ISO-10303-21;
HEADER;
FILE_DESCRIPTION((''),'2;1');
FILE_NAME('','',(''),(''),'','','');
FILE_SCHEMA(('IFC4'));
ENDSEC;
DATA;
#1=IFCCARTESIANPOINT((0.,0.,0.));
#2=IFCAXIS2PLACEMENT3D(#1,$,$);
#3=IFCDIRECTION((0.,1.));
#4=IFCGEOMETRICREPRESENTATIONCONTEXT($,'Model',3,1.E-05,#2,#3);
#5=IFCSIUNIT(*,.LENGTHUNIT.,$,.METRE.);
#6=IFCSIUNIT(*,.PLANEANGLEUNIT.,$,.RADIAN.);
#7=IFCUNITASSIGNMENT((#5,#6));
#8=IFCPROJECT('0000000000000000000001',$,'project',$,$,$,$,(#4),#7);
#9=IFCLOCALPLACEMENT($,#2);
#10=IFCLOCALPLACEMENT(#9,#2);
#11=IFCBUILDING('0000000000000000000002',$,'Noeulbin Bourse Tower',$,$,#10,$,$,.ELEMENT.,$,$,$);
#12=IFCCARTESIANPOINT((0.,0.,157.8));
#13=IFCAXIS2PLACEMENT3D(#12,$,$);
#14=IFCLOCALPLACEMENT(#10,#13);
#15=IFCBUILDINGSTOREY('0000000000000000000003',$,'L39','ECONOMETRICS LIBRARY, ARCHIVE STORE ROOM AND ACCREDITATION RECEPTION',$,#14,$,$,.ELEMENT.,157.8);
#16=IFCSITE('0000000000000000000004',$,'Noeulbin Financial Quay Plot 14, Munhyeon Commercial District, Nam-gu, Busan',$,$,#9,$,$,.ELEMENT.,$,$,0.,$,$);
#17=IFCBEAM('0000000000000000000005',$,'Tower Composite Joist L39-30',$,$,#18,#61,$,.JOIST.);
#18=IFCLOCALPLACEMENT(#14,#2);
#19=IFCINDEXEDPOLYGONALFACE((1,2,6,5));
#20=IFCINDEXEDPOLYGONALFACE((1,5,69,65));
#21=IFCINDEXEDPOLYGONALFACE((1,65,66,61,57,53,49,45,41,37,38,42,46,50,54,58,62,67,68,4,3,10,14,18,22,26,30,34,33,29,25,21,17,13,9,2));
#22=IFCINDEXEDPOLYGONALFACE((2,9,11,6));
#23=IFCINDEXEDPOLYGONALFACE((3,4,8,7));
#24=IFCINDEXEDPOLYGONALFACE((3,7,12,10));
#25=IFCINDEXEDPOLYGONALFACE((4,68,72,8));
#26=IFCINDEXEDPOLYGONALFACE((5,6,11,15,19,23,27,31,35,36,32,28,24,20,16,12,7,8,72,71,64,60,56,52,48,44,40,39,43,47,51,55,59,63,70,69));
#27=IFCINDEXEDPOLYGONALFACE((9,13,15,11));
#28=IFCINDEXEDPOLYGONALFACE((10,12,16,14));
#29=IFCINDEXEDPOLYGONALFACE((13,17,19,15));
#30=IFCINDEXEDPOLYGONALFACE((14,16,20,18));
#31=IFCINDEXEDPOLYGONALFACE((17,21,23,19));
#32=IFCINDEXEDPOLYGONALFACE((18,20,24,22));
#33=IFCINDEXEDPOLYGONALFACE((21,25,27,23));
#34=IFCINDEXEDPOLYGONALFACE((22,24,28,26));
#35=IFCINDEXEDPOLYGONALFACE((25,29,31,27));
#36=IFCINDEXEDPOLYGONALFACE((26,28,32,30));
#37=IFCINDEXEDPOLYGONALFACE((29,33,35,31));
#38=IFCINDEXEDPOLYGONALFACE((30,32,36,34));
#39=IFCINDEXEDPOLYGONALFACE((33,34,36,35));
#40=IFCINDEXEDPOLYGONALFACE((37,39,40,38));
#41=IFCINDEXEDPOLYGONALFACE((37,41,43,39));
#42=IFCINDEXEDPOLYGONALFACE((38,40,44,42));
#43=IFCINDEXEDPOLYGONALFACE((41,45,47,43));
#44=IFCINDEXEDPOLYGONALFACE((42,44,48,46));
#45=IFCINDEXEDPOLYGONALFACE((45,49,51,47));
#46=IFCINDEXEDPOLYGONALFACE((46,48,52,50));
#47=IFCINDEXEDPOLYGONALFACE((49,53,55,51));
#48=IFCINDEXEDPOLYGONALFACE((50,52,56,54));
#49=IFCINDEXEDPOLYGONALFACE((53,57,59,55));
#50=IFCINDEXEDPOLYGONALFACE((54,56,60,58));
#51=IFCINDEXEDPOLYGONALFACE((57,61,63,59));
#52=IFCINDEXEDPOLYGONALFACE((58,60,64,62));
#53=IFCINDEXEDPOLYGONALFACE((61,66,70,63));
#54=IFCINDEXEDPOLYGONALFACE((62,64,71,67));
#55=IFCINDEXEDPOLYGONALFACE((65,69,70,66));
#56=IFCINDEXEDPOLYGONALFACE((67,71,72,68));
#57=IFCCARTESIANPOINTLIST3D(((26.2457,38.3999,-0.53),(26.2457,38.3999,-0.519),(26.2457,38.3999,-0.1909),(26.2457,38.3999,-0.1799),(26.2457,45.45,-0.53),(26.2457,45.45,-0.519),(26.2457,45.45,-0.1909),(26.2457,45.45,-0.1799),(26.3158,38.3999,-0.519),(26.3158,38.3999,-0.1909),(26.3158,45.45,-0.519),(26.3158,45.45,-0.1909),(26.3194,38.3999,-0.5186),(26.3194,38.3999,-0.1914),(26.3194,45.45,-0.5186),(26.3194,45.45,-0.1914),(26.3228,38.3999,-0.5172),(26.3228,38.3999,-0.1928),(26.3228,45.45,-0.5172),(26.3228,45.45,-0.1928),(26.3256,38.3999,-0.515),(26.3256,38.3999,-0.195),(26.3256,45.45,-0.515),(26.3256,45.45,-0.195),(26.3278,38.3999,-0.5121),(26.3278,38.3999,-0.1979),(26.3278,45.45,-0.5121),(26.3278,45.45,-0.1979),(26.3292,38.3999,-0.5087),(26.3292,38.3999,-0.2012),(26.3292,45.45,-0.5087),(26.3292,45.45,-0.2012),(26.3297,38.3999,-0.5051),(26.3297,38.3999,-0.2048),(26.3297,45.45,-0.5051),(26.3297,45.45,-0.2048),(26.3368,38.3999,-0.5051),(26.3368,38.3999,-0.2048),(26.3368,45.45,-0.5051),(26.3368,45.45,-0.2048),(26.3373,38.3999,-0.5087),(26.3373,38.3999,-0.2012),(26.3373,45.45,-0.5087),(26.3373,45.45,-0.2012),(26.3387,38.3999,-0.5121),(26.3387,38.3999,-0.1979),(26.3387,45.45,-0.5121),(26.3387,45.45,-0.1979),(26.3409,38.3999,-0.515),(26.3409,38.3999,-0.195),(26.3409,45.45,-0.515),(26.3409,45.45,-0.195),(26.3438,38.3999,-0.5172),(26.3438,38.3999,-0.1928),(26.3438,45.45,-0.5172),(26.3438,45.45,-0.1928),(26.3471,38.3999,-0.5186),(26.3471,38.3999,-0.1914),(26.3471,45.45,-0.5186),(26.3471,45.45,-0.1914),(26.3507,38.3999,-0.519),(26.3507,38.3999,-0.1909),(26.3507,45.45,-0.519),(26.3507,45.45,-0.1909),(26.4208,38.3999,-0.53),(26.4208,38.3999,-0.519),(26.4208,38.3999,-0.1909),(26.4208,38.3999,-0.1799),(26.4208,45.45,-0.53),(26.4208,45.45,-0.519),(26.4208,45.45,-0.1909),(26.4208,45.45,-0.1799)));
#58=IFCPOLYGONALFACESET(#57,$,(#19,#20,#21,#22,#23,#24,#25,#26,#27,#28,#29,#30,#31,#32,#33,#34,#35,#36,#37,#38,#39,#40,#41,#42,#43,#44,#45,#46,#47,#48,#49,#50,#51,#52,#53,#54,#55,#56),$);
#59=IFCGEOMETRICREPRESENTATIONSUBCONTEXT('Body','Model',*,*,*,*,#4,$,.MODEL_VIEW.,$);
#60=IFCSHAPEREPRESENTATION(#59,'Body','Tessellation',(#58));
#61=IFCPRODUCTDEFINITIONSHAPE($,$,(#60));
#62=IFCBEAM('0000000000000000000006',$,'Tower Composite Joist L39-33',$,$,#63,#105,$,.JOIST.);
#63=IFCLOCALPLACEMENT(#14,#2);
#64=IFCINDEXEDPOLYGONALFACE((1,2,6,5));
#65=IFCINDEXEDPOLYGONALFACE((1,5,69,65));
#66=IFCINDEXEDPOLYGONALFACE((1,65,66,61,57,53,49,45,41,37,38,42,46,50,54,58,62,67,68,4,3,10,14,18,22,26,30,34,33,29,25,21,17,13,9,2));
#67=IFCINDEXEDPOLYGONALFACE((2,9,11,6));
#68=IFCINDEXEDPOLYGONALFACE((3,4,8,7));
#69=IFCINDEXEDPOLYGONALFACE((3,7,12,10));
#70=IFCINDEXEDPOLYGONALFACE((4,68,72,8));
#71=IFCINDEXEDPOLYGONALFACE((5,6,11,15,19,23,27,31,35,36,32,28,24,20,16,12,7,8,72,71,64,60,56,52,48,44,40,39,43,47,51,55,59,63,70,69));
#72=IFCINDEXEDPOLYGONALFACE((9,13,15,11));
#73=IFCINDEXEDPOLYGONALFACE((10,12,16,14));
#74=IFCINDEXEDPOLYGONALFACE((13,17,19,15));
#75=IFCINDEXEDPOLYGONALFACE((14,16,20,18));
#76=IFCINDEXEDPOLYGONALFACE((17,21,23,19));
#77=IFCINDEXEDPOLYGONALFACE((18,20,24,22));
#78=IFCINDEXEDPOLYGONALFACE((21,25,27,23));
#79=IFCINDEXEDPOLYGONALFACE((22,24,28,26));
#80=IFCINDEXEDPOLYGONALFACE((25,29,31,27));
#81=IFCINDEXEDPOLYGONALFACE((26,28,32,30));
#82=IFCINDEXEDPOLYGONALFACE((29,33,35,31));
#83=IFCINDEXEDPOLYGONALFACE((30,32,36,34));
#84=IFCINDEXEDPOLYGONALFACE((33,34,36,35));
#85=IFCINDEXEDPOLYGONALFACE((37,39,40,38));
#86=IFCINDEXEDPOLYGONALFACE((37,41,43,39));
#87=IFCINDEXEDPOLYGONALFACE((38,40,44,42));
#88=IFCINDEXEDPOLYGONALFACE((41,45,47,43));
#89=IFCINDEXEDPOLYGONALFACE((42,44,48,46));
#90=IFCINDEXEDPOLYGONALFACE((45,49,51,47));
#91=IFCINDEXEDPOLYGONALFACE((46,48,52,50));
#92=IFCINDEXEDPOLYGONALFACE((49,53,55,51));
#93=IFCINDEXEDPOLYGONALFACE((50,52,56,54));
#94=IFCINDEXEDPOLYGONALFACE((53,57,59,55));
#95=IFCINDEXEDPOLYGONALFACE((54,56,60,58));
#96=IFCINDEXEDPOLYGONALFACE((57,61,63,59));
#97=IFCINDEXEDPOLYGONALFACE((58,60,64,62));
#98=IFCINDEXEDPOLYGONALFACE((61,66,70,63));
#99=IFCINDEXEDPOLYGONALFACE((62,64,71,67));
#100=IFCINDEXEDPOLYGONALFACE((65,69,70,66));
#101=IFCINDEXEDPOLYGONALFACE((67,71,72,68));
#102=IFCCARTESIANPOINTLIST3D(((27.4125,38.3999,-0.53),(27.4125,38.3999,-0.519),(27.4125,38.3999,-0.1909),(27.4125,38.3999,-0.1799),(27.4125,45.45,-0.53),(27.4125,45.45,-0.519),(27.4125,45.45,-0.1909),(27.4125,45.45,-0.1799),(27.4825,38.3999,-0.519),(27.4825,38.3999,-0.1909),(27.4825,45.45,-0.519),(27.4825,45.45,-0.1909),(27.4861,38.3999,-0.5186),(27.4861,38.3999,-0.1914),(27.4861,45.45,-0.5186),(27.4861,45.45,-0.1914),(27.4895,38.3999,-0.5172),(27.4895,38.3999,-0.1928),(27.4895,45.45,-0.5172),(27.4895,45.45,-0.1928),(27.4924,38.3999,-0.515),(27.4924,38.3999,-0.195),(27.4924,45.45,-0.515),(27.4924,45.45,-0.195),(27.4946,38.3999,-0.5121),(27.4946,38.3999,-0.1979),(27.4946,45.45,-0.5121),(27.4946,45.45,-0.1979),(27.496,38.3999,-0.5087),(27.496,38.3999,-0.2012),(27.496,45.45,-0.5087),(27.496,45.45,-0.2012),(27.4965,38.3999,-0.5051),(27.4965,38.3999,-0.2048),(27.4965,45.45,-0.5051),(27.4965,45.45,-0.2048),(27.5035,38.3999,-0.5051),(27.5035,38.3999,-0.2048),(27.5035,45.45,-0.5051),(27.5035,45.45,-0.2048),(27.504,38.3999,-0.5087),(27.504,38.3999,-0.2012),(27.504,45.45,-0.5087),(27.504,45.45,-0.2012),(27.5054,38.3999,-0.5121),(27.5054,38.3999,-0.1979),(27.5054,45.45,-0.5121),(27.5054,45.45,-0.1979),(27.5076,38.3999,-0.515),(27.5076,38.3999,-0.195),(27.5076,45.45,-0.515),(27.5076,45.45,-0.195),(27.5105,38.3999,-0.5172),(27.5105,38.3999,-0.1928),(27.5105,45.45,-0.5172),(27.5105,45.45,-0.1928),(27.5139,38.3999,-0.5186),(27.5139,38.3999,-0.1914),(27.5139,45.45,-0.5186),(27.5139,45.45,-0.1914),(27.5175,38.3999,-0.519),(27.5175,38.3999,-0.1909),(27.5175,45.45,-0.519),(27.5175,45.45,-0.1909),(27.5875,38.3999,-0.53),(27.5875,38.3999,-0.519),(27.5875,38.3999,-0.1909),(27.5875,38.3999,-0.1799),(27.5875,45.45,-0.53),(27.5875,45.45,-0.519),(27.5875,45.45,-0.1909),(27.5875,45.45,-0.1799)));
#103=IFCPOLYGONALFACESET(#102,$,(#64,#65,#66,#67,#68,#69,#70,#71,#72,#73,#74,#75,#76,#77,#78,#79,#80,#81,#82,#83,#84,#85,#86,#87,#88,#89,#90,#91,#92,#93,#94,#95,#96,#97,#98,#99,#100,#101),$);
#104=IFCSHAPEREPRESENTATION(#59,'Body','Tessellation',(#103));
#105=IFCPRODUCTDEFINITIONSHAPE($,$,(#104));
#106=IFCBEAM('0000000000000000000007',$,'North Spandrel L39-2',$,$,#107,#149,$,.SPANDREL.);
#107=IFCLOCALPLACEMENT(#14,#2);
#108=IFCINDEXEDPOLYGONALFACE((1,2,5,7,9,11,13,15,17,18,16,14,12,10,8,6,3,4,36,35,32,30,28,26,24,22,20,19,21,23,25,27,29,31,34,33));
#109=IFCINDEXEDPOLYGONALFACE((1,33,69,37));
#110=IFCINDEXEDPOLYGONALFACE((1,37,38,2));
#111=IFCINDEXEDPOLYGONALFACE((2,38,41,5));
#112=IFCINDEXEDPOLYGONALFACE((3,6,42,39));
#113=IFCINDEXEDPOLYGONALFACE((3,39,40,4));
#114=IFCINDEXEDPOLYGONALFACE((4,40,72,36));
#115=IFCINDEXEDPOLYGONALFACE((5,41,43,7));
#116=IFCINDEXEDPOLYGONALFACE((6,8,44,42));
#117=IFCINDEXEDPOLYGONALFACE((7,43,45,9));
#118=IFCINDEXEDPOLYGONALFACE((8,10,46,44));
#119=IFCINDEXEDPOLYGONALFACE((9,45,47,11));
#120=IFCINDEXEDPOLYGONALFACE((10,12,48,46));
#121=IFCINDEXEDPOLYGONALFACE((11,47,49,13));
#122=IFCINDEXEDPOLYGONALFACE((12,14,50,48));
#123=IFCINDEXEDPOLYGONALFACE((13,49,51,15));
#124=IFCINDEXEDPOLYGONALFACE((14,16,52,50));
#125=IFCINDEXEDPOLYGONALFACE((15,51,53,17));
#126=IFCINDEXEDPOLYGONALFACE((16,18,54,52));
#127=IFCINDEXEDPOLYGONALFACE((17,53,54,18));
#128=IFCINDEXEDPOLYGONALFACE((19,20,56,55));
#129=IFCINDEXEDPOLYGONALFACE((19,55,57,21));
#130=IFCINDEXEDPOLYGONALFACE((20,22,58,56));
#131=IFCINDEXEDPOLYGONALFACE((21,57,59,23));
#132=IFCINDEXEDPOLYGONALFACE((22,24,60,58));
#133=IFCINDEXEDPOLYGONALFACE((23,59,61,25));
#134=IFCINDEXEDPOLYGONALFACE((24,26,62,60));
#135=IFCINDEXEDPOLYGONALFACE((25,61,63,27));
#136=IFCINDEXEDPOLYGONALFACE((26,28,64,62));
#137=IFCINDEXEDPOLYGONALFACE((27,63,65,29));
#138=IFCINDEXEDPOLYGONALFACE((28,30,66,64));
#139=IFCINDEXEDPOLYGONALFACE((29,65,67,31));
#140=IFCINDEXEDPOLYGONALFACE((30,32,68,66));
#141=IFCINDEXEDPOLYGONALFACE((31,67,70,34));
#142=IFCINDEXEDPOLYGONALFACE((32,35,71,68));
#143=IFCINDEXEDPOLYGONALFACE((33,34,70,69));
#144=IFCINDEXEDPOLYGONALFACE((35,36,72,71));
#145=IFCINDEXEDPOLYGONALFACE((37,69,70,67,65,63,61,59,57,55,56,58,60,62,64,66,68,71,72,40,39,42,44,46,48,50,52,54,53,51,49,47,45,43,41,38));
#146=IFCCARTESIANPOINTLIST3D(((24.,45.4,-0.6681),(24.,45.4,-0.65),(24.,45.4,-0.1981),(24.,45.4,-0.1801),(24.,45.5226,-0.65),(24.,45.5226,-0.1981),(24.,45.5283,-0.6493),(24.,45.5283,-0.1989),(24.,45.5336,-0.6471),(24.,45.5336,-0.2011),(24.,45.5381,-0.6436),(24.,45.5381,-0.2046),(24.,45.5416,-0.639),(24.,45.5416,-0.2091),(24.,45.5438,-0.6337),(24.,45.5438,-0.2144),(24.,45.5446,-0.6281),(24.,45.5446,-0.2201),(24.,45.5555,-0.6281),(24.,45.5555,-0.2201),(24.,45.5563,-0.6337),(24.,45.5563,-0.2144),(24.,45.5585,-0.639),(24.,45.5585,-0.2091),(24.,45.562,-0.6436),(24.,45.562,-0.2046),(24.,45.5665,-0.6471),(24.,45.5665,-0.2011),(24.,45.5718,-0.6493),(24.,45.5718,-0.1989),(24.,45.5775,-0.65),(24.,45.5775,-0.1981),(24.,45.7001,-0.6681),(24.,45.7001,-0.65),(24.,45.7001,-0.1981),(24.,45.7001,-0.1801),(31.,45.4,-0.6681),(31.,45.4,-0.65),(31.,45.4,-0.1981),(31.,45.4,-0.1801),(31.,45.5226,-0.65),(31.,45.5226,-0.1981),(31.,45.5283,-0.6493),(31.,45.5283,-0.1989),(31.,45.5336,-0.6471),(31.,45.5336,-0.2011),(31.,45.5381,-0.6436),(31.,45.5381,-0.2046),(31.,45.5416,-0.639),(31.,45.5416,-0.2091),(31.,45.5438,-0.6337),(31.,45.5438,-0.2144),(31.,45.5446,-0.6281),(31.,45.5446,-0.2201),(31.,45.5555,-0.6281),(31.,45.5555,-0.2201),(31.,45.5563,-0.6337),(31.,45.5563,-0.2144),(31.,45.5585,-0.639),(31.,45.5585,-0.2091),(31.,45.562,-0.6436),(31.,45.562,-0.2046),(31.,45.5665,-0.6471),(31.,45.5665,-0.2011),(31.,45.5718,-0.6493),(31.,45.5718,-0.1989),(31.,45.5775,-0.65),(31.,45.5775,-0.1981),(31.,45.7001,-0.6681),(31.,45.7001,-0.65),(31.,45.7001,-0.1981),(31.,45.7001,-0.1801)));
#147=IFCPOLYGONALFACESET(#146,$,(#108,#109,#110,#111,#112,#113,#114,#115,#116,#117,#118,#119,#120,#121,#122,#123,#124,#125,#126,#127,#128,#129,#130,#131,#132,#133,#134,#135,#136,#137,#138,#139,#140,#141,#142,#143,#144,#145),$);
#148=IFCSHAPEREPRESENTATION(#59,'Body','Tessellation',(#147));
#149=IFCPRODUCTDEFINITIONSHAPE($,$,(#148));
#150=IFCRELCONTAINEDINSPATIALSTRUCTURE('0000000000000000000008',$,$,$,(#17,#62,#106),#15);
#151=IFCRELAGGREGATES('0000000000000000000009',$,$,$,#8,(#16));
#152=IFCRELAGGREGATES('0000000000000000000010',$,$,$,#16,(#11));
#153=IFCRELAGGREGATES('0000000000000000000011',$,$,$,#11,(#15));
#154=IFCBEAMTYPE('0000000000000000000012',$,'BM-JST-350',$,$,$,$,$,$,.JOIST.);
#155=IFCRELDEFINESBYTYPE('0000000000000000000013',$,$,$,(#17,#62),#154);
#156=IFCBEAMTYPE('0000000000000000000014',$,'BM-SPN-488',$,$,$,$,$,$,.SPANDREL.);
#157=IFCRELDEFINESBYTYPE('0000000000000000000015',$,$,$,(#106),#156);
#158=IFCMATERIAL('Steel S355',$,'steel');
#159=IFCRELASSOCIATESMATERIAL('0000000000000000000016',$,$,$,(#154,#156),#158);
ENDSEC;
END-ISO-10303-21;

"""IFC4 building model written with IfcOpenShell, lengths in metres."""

from ifc_helpers import new_model, si_unit, direction, frame, origin, origin_2d, place, context, subcontext, project, spatial, i_section, extrude, material, material_profile, profile_set, type_object, element, save


model = new_model("IFC4")

# Units and contexts
model_context = context("Model", 3, precision=1e-05, world=origin(), true_north=direction((0.0, 1.0)))
body_context = subcontext(model_context, "Body", "Model", "MODEL_VIEW")
ifc_project = project(units=[si_unit("LENGTHUNIT", "METRE"), si_unit("PLANEANGLEUNIT", "RADIAN")], contexts=[model_context])

# Site, building, storey
site_placement = place(None, origin())
site = spatial("IfcSite", under=ifc_project, at=site_placement, Name="Noeulbin Financial Quay Plot 14, Munhyeon Commercial District, Nam-gu, Busan", CompositionType="ELEMENT", RefElevation=0.0)
building_placement = place(site_placement, origin())
building = spatial("IfcBuilding", under=site, at=building_placement, Name="Noeulbin Bourse Tower", CompositionType="ELEMENT")
storey_placement = place(building_placement, frame((0.0, 0.0, 157.8)))
storey = spatial("IfcBuildingStorey", under=building, at=storey_placement, Name="L39", Description="ECONOMETRICS LIBRARY, ARCHIVE STORE ROOM AND ACCREDITATION RECEPTION", CompositionType="ELEMENT", Elevation=157.8)

# Shared definitions
ifc_material_1 = material(Name="Steel S355", Category="steel")

# Beams
ifc_material_profile_1 = material_profile(ifc_material_1, i_section(OverallWidth=0.175, OverallDepth=0.3501, WebThickness=0.0071, FlangeThickness=0.011, FilletRadius=0.0139, at=origin_2d()), Name="H-350x175x7x11", Category="LoadBearing")
ifc_profile_set_1 = profile_set([ifc_material_profile_1], Name="Steel S355")
beam_type_1 = type_object("IfcBeamType", Name="BM-JST-350", PredefinedType="JOIST", material=ifc_profile_set_1)
for number, where, z_axis, x_axis, name in (
    (1, (26.3333, 38.3999, -0.355), (0.0, 1.0, 0.0), (-1.0, 0.0, 0.0), "Tower Composite Joist L39-30"),
    (2, (27.5, 38.3999, -0.355), (0.0, 1.0, 0.0), (-1.0, 0.0, 0.0), "Tower Composite Joist L39-33"),
):
    element("IfcBeam", number, at=place(storey_placement, frame(where, z_axis=z_axis, x_axis=x_axis)), inside=storey, type_object=beam_type_1, Name=name, PredefinedType="JOIST", context=body_context, shape_type="SweptSolid", body=[
        extrude(i_section(OverallWidth=0.175, OverallDepth=0.3501, WebThickness=0.0071, FlangeThickness=0.011, FilletRadius=0.0139, at=origin_2d()), origin(), (0.0, 0.0, 1.0), 7.05),
    ])
ifc_material_profile_2 = material_profile(ifc_material_1, i_section(OverallWidth=0.3, OverallDepth=0.488, WebThickness=0.011, FlangeThickness=0.0181, FilletRadius=0.022, at=origin_2d()), Name="H-488x300x11x18", Category="LoadBearing")
ifc_profile_set_2 = profile_set([ifc_material_profile_2], Name="Steel S355")
beam_type_2 = type_object("IfcBeamType", Name="BM-SPN-488", PredefinedType="SPANDREL", material=ifc_profile_set_2)
beam_1_placement = place(storey_placement, frame((24.0, 45.55, -0.4241), z_axis=(1.0, 0.0, 0.0), x_axis=(0.0, 1.0, 0.0)))
element("IfcBeam", 3, at=beam_1_placement, inside=storey, type_object=beam_type_2, Name="North Spandrel L39-2", PredefinedType="SPANDREL", context=body_context, shape_type="SweptSolid", body=[
    extrude(i_section(OverallWidth=0.3, OverallDepth=0.488, WebThickness=0.011, FlangeThickness=0.0181, FilletRadius=0.022, at=origin_2d()), origin(), (0.0, 0.0, 1.0), 7.0),
])

save(model, "model.ifc")
